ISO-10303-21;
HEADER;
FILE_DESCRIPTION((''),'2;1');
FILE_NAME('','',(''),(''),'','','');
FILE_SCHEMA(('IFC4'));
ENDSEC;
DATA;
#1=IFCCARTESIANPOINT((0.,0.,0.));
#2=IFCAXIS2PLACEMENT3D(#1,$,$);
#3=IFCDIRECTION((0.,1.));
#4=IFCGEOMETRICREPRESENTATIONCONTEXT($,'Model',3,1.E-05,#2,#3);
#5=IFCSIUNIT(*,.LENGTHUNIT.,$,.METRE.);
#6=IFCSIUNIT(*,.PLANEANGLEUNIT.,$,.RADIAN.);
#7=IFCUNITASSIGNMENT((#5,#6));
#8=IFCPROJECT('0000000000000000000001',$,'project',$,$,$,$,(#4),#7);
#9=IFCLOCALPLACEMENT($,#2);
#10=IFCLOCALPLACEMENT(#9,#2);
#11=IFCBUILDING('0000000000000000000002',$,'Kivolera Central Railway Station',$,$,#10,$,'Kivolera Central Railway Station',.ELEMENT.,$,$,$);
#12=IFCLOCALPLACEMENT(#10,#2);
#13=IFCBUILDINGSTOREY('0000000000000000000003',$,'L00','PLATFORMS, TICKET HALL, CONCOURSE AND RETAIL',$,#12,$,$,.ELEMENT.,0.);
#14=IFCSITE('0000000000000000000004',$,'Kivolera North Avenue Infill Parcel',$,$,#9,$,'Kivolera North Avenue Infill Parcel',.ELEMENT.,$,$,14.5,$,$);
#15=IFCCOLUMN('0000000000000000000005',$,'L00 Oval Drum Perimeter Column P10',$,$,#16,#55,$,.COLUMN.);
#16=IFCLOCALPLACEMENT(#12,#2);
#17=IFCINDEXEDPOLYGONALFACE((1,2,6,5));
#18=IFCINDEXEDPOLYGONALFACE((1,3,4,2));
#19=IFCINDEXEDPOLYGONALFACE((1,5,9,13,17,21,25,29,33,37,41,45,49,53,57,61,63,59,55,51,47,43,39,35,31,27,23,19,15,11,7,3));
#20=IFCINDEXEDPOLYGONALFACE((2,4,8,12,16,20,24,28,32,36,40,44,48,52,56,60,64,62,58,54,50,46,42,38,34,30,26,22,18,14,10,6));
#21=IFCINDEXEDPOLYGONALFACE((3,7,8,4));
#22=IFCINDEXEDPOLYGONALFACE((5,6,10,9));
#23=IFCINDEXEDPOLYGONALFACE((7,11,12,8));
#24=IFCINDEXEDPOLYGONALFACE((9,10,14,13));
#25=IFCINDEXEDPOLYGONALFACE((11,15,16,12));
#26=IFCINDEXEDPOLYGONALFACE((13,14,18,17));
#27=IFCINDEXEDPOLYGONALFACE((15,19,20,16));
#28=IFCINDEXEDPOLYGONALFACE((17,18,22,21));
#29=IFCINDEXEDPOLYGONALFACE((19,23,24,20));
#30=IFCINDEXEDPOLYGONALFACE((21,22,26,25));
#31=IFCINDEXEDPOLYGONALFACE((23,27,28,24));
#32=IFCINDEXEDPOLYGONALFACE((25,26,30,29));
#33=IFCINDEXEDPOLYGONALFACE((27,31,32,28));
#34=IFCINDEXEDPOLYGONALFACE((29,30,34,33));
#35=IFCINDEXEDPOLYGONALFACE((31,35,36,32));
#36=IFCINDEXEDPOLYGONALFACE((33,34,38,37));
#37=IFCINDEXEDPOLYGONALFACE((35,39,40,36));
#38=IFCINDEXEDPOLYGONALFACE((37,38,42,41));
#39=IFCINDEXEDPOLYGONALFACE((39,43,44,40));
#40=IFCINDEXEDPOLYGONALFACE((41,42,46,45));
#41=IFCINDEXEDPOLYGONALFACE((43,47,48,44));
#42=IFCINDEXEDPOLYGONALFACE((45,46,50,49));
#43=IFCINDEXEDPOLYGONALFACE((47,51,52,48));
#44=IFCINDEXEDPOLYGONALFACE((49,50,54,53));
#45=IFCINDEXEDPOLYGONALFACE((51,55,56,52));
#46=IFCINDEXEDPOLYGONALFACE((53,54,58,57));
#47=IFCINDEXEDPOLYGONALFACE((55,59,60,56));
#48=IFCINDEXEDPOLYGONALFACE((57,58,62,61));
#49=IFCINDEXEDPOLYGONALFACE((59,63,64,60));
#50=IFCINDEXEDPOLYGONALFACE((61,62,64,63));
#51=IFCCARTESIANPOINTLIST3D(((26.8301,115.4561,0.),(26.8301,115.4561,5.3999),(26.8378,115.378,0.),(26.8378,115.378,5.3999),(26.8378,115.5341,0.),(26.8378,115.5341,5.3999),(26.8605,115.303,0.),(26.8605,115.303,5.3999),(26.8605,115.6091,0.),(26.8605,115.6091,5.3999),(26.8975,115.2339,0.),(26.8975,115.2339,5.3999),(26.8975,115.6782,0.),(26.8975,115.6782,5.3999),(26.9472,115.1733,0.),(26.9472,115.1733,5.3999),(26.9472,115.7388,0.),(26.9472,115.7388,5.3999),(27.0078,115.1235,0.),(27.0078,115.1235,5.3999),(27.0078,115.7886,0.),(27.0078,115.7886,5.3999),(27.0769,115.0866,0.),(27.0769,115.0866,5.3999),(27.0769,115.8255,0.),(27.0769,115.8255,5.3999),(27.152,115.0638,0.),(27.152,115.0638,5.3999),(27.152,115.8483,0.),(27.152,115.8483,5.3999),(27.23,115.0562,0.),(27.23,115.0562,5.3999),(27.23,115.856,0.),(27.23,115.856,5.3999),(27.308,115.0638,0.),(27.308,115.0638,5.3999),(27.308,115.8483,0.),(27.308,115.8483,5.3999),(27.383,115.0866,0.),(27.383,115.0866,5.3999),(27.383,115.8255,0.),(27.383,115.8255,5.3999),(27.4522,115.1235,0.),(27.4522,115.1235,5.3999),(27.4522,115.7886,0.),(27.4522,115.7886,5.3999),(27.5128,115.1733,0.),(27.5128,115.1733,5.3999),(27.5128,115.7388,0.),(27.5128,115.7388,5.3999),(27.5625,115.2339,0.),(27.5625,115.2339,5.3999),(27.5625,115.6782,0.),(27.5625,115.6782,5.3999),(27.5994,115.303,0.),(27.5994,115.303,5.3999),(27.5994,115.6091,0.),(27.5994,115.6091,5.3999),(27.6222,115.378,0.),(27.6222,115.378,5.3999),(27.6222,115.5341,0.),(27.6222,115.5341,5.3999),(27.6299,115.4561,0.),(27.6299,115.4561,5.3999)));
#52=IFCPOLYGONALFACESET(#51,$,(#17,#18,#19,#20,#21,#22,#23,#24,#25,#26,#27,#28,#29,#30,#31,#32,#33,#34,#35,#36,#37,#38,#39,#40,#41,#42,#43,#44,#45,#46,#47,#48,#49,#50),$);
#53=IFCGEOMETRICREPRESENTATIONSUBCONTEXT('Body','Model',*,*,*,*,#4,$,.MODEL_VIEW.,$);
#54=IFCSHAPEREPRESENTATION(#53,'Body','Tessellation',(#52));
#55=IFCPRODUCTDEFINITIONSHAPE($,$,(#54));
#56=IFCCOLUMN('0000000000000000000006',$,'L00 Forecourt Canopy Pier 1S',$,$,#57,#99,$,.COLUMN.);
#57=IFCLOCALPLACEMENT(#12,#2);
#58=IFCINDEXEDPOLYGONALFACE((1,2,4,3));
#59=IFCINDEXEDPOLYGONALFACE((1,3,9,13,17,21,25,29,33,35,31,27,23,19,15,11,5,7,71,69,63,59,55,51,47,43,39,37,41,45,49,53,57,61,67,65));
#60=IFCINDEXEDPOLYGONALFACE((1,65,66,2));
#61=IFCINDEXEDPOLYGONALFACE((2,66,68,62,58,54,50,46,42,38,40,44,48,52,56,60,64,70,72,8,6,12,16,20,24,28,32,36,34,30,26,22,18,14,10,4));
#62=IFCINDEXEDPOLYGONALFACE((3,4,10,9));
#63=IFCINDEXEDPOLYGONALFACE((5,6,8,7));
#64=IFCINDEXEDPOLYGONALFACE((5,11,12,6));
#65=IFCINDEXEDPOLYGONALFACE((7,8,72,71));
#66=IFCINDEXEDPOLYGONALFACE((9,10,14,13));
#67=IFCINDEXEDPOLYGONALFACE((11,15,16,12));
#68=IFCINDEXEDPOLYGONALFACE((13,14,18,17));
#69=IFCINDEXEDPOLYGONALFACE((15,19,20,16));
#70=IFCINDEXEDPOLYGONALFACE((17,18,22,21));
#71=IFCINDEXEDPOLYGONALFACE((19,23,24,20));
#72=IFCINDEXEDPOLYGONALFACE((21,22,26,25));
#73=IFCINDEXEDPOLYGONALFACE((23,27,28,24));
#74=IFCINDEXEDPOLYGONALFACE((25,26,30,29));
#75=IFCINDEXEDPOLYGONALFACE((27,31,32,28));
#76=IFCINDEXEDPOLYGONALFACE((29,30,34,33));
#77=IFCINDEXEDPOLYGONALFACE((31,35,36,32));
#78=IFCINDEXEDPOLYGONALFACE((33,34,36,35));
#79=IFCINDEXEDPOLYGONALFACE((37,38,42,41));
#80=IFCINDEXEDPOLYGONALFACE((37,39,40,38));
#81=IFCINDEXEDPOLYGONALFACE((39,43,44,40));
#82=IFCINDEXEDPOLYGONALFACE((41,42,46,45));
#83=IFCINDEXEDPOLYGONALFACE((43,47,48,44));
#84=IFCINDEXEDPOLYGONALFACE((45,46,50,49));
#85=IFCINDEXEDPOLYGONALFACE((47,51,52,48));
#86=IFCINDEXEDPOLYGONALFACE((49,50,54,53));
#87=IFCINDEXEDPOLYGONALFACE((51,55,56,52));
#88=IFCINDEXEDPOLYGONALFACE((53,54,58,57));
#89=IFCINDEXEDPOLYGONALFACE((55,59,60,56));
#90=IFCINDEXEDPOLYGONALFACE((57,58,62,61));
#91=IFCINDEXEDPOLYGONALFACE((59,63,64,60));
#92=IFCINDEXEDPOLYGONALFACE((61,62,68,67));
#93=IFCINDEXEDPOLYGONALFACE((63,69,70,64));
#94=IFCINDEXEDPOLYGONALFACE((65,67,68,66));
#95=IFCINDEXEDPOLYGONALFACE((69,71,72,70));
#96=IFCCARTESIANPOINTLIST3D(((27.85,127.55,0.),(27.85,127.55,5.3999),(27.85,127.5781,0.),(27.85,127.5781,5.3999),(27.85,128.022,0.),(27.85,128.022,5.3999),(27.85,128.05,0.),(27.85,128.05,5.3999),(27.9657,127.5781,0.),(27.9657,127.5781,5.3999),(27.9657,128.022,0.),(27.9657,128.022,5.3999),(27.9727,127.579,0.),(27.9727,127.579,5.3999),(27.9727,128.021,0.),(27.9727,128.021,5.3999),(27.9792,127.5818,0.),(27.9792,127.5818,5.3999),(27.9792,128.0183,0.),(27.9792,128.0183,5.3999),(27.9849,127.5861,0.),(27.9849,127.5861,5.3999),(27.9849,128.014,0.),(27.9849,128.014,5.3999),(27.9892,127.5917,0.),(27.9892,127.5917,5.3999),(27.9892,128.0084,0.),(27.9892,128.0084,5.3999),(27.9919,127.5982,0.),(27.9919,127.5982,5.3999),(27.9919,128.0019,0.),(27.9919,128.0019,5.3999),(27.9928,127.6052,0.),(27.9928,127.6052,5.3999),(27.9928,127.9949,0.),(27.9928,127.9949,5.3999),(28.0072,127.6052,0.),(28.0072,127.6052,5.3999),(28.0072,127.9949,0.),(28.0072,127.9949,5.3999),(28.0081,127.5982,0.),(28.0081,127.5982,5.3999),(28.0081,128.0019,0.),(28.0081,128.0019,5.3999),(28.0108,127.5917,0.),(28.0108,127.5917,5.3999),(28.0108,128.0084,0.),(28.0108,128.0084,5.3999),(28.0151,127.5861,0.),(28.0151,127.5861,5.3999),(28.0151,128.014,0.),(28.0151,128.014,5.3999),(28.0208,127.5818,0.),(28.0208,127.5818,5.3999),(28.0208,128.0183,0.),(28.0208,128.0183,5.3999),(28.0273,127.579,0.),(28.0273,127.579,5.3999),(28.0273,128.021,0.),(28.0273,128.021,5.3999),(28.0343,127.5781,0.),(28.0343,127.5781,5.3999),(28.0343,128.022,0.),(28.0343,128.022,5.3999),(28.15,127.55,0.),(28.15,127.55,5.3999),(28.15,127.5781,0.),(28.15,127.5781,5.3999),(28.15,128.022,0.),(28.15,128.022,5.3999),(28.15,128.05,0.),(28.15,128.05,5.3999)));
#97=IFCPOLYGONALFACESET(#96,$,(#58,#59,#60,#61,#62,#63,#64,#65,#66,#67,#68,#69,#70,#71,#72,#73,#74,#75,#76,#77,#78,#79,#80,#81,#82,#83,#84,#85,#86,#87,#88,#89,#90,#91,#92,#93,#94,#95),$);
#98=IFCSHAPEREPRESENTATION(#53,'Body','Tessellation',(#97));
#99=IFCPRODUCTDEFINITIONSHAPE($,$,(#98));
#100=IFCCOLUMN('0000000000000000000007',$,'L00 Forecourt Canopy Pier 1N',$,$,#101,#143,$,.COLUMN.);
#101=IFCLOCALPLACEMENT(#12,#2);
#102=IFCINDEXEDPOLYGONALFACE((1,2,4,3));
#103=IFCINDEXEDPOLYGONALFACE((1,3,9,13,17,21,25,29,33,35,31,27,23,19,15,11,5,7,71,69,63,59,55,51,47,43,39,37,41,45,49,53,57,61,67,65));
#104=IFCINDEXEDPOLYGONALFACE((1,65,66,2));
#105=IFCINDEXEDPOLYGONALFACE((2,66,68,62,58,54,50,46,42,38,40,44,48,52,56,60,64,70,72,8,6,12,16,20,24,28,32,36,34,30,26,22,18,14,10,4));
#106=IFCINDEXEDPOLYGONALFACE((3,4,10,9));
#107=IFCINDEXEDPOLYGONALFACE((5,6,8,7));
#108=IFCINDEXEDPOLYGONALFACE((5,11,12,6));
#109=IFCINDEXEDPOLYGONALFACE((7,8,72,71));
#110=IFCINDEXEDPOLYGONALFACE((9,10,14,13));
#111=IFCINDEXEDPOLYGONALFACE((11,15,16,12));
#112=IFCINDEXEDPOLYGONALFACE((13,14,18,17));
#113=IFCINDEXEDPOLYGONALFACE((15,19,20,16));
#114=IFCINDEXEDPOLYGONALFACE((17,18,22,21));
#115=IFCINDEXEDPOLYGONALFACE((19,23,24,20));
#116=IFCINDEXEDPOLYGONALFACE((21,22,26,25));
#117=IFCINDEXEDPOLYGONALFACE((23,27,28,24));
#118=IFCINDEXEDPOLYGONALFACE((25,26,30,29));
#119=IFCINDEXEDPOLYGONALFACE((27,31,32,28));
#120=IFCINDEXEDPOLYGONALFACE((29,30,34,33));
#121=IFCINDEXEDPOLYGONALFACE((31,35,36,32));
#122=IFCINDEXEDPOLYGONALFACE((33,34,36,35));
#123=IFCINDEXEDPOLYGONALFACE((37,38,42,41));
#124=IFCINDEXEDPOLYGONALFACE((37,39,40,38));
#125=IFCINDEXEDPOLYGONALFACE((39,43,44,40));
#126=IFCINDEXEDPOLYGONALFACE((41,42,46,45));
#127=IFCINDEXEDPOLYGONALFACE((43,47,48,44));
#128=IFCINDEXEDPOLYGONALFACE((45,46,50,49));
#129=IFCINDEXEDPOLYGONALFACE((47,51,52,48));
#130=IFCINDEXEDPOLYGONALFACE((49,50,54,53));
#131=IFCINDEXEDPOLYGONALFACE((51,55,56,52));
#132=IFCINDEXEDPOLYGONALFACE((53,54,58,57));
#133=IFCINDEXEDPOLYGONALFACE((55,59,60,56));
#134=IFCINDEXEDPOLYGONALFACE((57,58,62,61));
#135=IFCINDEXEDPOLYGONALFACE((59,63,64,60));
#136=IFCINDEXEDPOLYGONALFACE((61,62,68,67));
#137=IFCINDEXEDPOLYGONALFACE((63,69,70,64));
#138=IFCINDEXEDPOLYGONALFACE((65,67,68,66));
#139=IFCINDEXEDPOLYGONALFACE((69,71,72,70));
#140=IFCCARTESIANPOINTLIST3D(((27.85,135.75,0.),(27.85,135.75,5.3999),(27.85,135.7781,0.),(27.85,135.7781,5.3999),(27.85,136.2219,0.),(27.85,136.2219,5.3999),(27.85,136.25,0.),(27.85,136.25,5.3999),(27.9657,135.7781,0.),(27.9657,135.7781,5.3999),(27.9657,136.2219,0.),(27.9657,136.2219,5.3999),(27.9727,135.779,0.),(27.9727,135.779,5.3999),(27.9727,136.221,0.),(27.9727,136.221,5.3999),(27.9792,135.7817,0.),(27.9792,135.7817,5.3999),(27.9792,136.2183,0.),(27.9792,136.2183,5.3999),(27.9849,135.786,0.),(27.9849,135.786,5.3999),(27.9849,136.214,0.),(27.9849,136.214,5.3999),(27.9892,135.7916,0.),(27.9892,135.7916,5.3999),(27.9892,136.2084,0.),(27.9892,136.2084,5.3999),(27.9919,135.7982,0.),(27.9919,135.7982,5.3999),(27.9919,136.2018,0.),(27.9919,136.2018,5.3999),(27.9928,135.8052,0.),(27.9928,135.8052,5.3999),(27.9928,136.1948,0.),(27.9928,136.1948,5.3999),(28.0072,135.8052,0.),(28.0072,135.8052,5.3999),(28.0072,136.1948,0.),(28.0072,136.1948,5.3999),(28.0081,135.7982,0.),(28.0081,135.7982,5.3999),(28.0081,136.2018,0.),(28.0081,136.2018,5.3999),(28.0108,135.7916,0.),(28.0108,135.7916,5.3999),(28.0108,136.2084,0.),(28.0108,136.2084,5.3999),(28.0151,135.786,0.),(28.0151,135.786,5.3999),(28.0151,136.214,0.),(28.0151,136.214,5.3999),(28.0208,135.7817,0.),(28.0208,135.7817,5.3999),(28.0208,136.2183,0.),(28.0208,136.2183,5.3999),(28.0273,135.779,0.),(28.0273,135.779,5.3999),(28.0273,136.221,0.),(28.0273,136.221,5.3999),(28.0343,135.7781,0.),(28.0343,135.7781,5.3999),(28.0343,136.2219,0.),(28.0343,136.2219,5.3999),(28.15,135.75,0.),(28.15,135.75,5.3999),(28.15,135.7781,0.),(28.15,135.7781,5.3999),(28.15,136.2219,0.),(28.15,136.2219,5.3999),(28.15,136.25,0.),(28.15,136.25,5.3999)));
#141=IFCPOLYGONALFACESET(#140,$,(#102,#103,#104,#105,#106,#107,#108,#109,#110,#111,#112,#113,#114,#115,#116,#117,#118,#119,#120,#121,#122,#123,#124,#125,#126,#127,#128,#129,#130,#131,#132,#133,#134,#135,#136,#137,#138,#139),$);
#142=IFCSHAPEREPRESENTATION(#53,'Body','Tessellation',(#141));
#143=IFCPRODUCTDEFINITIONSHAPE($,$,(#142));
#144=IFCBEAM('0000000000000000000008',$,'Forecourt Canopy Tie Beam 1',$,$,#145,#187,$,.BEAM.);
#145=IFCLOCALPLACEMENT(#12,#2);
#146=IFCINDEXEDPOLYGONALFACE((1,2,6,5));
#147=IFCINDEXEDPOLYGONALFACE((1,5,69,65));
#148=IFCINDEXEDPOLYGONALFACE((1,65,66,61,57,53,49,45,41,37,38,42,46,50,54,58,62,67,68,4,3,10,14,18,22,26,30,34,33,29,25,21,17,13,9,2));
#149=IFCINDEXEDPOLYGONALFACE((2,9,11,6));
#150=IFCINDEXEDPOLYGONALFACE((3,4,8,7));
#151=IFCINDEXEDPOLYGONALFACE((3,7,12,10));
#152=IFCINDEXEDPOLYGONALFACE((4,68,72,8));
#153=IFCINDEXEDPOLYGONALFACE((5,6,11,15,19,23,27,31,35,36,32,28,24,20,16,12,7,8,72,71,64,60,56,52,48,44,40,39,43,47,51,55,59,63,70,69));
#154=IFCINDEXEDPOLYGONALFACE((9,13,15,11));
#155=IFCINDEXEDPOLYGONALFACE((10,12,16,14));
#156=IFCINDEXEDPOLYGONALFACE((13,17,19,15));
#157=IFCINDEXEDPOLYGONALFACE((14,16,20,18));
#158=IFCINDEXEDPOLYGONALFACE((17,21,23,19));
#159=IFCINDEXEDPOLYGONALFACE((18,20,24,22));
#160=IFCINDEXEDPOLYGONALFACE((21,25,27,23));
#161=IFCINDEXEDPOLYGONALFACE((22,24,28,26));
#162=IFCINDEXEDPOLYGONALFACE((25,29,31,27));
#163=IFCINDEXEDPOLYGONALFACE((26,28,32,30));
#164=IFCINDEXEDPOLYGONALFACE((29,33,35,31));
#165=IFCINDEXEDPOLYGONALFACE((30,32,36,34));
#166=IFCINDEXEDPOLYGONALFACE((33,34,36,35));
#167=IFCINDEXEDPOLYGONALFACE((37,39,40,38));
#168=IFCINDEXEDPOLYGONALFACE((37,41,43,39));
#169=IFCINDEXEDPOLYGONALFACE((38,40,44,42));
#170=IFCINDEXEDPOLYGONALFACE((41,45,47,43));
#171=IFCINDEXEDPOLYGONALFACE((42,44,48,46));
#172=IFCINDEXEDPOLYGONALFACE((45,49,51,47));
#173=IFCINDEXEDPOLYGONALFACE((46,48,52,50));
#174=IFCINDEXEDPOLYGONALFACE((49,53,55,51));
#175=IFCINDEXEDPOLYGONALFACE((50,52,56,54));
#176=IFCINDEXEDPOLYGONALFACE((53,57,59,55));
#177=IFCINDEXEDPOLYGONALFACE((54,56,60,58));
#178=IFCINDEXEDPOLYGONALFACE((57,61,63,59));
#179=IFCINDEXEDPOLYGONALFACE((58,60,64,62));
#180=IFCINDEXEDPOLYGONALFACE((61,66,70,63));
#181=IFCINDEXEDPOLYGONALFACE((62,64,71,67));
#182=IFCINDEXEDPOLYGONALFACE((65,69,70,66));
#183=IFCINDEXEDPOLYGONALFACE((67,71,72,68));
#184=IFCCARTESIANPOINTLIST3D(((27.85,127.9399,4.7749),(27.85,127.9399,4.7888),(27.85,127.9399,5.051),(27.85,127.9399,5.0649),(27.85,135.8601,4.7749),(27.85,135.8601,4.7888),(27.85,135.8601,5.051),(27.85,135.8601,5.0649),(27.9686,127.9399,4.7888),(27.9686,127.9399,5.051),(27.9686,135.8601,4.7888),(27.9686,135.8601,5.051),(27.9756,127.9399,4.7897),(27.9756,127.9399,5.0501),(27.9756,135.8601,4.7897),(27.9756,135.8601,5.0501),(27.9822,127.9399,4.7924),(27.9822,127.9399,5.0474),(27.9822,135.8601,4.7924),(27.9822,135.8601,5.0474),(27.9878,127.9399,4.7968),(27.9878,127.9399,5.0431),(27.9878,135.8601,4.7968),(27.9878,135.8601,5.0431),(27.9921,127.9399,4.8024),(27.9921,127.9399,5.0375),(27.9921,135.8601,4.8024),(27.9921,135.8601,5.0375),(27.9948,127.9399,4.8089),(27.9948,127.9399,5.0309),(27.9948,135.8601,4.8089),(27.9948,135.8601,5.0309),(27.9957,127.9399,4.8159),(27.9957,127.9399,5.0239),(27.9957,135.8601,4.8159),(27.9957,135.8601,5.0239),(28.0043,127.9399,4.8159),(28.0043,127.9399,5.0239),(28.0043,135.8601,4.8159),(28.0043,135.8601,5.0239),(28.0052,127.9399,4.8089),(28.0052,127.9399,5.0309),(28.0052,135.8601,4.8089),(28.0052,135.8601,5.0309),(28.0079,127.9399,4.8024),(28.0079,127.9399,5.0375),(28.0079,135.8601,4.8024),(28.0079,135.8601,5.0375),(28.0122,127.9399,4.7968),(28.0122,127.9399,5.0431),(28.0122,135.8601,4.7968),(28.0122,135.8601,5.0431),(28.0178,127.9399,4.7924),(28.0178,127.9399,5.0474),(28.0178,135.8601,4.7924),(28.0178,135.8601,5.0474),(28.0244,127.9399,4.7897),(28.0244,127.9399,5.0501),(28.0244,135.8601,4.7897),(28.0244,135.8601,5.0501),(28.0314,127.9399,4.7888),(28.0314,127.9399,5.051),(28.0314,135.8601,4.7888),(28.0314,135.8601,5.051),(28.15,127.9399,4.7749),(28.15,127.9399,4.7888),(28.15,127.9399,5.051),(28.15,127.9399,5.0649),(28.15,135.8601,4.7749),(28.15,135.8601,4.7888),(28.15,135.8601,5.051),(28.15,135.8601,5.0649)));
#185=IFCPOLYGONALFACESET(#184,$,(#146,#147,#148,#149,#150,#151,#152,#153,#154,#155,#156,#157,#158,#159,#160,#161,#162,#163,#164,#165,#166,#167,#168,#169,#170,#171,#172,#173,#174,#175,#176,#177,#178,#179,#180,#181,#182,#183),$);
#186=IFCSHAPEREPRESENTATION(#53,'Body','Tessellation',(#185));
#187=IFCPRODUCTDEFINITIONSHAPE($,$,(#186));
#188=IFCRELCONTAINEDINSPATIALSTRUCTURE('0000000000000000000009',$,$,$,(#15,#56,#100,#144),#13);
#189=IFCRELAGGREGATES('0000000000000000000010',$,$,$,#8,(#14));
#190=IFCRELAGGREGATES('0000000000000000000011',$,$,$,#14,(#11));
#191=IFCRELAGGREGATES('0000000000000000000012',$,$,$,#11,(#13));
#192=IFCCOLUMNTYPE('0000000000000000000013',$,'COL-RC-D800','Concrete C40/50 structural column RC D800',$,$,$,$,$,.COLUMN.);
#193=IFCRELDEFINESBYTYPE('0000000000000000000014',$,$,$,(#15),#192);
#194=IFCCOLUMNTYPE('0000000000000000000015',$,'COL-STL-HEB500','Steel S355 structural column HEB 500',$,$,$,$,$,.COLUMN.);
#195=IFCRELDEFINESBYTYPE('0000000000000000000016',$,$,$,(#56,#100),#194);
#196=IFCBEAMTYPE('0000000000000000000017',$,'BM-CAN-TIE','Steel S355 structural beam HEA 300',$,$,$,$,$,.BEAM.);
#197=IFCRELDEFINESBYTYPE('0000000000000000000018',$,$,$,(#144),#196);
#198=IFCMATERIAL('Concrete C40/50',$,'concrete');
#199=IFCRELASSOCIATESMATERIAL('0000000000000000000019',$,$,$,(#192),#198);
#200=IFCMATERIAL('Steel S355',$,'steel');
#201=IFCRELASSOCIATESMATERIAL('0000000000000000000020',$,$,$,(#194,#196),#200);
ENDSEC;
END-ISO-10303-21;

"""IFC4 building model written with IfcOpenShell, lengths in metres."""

from ifc_helpers import new_model, si_unit, direction, frame, origin, origin_2d, place, context, subcontext, project, spatial, circle, i_section, extrude, material, material_profile, profile_set, type_object, element, save


model = new_model("IFC4")

# Units and contexts
model_context = context("Model", 3, precision=1e-05, world=origin(), true_north=direction((0.0, 1.0)))
body_context = subcontext(model_context, "Body", "Model", "MODEL_VIEW")
ifc_project = project(units=[si_unit("LENGTHUNIT", "METRE"), si_unit("PLANEANGLEUNIT", "RADIAN")], contexts=[model_context])

# Site, building, storey
site_placement = place(None, origin())
site = spatial("IfcSite", under=ifc_project, at=site_placement, Name="Kivolera North Avenue Infill Parcel", LongName="Kivolera North Avenue Infill Parcel", CompositionType="ELEMENT", RefElevation=14.5)
building_placement = place(site_placement, origin())
building = spatial("IfcBuilding", under=site, at=building_placement, Name="Kivolera Central Railway Station", LongName="Kivolera Central Railway Station", CompositionType="ELEMENT")
storey_placement = place(building_placement, origin())
storey = spatial("IfcBuildingStorey", under=building, at=storey_placement, Name="L00", Description="PLATFORMS, TICKET HALL, CONCOURSE AND RETAIL", CompositionType="ELEMENT", Elevation=0.0)

# Columns
ifc_material_1 = material(Name="Concrete C40/50", Category="concrete")
ifc_material_profile_1 = material_profile(ifc_material_1, circle(Radius=0.3999, at=origin_2d()), Name="RC D800")
ifc_profile_set_1 = profile_set([ifc_material_profile_1], Name="Concrete C40/50")
column_type_1 = type_object("IfcColumnType", Name="COL-RC-D800", Description="Concrete C40/50 structural column RC D800", PredefinedType="COLUMN", material=ifc_profile_set_1)
column_placement = place(storey_placement, frame((27.23, 115.4561, 0.0), z_axis=(0.0, 0.0, 1.0), x_axis=(1.0, 0.0, 0.0)))
element("IfcColumn", 1, at=column_placement, inside=storey, type_object=column_type_1, Name="L00 Oval Drum Perimeter Column P10", PredefinedType="COLUMN", context=body_context, shape_type="SweptSolid", body=[
    extrude(circle(Radius=0.3999, at=origin_2d()), origin(), (0.0, 0.0, 1.0), 5.3999),
])
ifc_material_2 = material(Name="Steel S355", Category="steel")
ifc_material_profile_2 = material_profile(ifc_material_2, i_section(OverallWidth=0.3, OverallDepth=0.5, WebThickness=0.0144, FlangeThickness=0.0281, FilletRadius=0.0271, at=origin_2d()), Name="HEB 500")
ifc_profile_set_2 = profile_set([ifc_material_profile_2], Name="Steel S355")
column_type_2 = type_object("IfcColumnType", Name="COL-STL-HEB500", Description="Steel S355 structural column HEB 500", PredefinedType="COLUMN", material=ifc_profile_set_2)
for number, where, z_axis, x_axis, name in (
    (2, (28.0, 127.8, 0.0), (0.0, 0.0, 1.0), (1.0, 0.0, 0.0), "L00 Forecourt Canopy Pier 1S"),
    (3, (28.0, 136.0, 0.0), (0.0, 0.0, 1.0), (1.0, 0.0, 0.0), "L00 Forecourt Canopy Pier 1N"),
):
    element("IfcColumn", number, at=place(storey_placement, frame(where, z_axis=z_axis, x_axis=x_axis)), inside=storey, type_object=column_type_2, Name=name, PredefinedType="COLUMN", context=body_context, shape_type="SweptSolid", body=[
        extrude(i_section(OverallWidth=0.3, OverallDepth=0.5, WebThickness=0.0144, FlangeThickness=0.0281, FilletRadius=0.0271, at=origin_2d()), origin(), (0.0, 0.0, 1.0), 5.3999),
    ])

# Beam
ifc_material_profile_3 = material_profile(ifc_material_2, i_section(OverallWidth=0.3, OverallDepth=0.29, WebThickness=0.0085, FlangeThickness=0.0139, FilletRadius=0.0271, at=origin_2d()), Name="HEA 300")
ifc_profile_set_3 = profile_set([ifc_material_profile_3], Name="Steel S355")
beam_type_1 = type_object("IfcBeamType", Name="BM-CAN-TIE", Description="Steel S355 structural beam HEA 300", PredefinedType="BEAM", material=ifc_profile_set_3)
beam_1_placement = place(storey_placement, frame((28.0, 127.9399, 4.9199), z_axis=(0.0, 1.0, 0.0), x_axis=(-1.0, 0.0, 0.0)))
element("IfcBeam", 4, at=beam_1_placement, inside=storey, type_object=beam_type_1, Name="Forecourt Canopy Tie Beam 1", PredefinedType="BEAM", context=body_context, shape_type="SweptSolid", body=[
    extrude(i_section(OverallWidth=0.3, OverallDepth=0.29, WebThickness=0.0085, FlangeThickness=0.0139, FilletRadius=0.0271, at=origin_2d()), origin(), (0.0, 0.0, 1.0), 7.9202),
])

save(model, "model.ifc")
